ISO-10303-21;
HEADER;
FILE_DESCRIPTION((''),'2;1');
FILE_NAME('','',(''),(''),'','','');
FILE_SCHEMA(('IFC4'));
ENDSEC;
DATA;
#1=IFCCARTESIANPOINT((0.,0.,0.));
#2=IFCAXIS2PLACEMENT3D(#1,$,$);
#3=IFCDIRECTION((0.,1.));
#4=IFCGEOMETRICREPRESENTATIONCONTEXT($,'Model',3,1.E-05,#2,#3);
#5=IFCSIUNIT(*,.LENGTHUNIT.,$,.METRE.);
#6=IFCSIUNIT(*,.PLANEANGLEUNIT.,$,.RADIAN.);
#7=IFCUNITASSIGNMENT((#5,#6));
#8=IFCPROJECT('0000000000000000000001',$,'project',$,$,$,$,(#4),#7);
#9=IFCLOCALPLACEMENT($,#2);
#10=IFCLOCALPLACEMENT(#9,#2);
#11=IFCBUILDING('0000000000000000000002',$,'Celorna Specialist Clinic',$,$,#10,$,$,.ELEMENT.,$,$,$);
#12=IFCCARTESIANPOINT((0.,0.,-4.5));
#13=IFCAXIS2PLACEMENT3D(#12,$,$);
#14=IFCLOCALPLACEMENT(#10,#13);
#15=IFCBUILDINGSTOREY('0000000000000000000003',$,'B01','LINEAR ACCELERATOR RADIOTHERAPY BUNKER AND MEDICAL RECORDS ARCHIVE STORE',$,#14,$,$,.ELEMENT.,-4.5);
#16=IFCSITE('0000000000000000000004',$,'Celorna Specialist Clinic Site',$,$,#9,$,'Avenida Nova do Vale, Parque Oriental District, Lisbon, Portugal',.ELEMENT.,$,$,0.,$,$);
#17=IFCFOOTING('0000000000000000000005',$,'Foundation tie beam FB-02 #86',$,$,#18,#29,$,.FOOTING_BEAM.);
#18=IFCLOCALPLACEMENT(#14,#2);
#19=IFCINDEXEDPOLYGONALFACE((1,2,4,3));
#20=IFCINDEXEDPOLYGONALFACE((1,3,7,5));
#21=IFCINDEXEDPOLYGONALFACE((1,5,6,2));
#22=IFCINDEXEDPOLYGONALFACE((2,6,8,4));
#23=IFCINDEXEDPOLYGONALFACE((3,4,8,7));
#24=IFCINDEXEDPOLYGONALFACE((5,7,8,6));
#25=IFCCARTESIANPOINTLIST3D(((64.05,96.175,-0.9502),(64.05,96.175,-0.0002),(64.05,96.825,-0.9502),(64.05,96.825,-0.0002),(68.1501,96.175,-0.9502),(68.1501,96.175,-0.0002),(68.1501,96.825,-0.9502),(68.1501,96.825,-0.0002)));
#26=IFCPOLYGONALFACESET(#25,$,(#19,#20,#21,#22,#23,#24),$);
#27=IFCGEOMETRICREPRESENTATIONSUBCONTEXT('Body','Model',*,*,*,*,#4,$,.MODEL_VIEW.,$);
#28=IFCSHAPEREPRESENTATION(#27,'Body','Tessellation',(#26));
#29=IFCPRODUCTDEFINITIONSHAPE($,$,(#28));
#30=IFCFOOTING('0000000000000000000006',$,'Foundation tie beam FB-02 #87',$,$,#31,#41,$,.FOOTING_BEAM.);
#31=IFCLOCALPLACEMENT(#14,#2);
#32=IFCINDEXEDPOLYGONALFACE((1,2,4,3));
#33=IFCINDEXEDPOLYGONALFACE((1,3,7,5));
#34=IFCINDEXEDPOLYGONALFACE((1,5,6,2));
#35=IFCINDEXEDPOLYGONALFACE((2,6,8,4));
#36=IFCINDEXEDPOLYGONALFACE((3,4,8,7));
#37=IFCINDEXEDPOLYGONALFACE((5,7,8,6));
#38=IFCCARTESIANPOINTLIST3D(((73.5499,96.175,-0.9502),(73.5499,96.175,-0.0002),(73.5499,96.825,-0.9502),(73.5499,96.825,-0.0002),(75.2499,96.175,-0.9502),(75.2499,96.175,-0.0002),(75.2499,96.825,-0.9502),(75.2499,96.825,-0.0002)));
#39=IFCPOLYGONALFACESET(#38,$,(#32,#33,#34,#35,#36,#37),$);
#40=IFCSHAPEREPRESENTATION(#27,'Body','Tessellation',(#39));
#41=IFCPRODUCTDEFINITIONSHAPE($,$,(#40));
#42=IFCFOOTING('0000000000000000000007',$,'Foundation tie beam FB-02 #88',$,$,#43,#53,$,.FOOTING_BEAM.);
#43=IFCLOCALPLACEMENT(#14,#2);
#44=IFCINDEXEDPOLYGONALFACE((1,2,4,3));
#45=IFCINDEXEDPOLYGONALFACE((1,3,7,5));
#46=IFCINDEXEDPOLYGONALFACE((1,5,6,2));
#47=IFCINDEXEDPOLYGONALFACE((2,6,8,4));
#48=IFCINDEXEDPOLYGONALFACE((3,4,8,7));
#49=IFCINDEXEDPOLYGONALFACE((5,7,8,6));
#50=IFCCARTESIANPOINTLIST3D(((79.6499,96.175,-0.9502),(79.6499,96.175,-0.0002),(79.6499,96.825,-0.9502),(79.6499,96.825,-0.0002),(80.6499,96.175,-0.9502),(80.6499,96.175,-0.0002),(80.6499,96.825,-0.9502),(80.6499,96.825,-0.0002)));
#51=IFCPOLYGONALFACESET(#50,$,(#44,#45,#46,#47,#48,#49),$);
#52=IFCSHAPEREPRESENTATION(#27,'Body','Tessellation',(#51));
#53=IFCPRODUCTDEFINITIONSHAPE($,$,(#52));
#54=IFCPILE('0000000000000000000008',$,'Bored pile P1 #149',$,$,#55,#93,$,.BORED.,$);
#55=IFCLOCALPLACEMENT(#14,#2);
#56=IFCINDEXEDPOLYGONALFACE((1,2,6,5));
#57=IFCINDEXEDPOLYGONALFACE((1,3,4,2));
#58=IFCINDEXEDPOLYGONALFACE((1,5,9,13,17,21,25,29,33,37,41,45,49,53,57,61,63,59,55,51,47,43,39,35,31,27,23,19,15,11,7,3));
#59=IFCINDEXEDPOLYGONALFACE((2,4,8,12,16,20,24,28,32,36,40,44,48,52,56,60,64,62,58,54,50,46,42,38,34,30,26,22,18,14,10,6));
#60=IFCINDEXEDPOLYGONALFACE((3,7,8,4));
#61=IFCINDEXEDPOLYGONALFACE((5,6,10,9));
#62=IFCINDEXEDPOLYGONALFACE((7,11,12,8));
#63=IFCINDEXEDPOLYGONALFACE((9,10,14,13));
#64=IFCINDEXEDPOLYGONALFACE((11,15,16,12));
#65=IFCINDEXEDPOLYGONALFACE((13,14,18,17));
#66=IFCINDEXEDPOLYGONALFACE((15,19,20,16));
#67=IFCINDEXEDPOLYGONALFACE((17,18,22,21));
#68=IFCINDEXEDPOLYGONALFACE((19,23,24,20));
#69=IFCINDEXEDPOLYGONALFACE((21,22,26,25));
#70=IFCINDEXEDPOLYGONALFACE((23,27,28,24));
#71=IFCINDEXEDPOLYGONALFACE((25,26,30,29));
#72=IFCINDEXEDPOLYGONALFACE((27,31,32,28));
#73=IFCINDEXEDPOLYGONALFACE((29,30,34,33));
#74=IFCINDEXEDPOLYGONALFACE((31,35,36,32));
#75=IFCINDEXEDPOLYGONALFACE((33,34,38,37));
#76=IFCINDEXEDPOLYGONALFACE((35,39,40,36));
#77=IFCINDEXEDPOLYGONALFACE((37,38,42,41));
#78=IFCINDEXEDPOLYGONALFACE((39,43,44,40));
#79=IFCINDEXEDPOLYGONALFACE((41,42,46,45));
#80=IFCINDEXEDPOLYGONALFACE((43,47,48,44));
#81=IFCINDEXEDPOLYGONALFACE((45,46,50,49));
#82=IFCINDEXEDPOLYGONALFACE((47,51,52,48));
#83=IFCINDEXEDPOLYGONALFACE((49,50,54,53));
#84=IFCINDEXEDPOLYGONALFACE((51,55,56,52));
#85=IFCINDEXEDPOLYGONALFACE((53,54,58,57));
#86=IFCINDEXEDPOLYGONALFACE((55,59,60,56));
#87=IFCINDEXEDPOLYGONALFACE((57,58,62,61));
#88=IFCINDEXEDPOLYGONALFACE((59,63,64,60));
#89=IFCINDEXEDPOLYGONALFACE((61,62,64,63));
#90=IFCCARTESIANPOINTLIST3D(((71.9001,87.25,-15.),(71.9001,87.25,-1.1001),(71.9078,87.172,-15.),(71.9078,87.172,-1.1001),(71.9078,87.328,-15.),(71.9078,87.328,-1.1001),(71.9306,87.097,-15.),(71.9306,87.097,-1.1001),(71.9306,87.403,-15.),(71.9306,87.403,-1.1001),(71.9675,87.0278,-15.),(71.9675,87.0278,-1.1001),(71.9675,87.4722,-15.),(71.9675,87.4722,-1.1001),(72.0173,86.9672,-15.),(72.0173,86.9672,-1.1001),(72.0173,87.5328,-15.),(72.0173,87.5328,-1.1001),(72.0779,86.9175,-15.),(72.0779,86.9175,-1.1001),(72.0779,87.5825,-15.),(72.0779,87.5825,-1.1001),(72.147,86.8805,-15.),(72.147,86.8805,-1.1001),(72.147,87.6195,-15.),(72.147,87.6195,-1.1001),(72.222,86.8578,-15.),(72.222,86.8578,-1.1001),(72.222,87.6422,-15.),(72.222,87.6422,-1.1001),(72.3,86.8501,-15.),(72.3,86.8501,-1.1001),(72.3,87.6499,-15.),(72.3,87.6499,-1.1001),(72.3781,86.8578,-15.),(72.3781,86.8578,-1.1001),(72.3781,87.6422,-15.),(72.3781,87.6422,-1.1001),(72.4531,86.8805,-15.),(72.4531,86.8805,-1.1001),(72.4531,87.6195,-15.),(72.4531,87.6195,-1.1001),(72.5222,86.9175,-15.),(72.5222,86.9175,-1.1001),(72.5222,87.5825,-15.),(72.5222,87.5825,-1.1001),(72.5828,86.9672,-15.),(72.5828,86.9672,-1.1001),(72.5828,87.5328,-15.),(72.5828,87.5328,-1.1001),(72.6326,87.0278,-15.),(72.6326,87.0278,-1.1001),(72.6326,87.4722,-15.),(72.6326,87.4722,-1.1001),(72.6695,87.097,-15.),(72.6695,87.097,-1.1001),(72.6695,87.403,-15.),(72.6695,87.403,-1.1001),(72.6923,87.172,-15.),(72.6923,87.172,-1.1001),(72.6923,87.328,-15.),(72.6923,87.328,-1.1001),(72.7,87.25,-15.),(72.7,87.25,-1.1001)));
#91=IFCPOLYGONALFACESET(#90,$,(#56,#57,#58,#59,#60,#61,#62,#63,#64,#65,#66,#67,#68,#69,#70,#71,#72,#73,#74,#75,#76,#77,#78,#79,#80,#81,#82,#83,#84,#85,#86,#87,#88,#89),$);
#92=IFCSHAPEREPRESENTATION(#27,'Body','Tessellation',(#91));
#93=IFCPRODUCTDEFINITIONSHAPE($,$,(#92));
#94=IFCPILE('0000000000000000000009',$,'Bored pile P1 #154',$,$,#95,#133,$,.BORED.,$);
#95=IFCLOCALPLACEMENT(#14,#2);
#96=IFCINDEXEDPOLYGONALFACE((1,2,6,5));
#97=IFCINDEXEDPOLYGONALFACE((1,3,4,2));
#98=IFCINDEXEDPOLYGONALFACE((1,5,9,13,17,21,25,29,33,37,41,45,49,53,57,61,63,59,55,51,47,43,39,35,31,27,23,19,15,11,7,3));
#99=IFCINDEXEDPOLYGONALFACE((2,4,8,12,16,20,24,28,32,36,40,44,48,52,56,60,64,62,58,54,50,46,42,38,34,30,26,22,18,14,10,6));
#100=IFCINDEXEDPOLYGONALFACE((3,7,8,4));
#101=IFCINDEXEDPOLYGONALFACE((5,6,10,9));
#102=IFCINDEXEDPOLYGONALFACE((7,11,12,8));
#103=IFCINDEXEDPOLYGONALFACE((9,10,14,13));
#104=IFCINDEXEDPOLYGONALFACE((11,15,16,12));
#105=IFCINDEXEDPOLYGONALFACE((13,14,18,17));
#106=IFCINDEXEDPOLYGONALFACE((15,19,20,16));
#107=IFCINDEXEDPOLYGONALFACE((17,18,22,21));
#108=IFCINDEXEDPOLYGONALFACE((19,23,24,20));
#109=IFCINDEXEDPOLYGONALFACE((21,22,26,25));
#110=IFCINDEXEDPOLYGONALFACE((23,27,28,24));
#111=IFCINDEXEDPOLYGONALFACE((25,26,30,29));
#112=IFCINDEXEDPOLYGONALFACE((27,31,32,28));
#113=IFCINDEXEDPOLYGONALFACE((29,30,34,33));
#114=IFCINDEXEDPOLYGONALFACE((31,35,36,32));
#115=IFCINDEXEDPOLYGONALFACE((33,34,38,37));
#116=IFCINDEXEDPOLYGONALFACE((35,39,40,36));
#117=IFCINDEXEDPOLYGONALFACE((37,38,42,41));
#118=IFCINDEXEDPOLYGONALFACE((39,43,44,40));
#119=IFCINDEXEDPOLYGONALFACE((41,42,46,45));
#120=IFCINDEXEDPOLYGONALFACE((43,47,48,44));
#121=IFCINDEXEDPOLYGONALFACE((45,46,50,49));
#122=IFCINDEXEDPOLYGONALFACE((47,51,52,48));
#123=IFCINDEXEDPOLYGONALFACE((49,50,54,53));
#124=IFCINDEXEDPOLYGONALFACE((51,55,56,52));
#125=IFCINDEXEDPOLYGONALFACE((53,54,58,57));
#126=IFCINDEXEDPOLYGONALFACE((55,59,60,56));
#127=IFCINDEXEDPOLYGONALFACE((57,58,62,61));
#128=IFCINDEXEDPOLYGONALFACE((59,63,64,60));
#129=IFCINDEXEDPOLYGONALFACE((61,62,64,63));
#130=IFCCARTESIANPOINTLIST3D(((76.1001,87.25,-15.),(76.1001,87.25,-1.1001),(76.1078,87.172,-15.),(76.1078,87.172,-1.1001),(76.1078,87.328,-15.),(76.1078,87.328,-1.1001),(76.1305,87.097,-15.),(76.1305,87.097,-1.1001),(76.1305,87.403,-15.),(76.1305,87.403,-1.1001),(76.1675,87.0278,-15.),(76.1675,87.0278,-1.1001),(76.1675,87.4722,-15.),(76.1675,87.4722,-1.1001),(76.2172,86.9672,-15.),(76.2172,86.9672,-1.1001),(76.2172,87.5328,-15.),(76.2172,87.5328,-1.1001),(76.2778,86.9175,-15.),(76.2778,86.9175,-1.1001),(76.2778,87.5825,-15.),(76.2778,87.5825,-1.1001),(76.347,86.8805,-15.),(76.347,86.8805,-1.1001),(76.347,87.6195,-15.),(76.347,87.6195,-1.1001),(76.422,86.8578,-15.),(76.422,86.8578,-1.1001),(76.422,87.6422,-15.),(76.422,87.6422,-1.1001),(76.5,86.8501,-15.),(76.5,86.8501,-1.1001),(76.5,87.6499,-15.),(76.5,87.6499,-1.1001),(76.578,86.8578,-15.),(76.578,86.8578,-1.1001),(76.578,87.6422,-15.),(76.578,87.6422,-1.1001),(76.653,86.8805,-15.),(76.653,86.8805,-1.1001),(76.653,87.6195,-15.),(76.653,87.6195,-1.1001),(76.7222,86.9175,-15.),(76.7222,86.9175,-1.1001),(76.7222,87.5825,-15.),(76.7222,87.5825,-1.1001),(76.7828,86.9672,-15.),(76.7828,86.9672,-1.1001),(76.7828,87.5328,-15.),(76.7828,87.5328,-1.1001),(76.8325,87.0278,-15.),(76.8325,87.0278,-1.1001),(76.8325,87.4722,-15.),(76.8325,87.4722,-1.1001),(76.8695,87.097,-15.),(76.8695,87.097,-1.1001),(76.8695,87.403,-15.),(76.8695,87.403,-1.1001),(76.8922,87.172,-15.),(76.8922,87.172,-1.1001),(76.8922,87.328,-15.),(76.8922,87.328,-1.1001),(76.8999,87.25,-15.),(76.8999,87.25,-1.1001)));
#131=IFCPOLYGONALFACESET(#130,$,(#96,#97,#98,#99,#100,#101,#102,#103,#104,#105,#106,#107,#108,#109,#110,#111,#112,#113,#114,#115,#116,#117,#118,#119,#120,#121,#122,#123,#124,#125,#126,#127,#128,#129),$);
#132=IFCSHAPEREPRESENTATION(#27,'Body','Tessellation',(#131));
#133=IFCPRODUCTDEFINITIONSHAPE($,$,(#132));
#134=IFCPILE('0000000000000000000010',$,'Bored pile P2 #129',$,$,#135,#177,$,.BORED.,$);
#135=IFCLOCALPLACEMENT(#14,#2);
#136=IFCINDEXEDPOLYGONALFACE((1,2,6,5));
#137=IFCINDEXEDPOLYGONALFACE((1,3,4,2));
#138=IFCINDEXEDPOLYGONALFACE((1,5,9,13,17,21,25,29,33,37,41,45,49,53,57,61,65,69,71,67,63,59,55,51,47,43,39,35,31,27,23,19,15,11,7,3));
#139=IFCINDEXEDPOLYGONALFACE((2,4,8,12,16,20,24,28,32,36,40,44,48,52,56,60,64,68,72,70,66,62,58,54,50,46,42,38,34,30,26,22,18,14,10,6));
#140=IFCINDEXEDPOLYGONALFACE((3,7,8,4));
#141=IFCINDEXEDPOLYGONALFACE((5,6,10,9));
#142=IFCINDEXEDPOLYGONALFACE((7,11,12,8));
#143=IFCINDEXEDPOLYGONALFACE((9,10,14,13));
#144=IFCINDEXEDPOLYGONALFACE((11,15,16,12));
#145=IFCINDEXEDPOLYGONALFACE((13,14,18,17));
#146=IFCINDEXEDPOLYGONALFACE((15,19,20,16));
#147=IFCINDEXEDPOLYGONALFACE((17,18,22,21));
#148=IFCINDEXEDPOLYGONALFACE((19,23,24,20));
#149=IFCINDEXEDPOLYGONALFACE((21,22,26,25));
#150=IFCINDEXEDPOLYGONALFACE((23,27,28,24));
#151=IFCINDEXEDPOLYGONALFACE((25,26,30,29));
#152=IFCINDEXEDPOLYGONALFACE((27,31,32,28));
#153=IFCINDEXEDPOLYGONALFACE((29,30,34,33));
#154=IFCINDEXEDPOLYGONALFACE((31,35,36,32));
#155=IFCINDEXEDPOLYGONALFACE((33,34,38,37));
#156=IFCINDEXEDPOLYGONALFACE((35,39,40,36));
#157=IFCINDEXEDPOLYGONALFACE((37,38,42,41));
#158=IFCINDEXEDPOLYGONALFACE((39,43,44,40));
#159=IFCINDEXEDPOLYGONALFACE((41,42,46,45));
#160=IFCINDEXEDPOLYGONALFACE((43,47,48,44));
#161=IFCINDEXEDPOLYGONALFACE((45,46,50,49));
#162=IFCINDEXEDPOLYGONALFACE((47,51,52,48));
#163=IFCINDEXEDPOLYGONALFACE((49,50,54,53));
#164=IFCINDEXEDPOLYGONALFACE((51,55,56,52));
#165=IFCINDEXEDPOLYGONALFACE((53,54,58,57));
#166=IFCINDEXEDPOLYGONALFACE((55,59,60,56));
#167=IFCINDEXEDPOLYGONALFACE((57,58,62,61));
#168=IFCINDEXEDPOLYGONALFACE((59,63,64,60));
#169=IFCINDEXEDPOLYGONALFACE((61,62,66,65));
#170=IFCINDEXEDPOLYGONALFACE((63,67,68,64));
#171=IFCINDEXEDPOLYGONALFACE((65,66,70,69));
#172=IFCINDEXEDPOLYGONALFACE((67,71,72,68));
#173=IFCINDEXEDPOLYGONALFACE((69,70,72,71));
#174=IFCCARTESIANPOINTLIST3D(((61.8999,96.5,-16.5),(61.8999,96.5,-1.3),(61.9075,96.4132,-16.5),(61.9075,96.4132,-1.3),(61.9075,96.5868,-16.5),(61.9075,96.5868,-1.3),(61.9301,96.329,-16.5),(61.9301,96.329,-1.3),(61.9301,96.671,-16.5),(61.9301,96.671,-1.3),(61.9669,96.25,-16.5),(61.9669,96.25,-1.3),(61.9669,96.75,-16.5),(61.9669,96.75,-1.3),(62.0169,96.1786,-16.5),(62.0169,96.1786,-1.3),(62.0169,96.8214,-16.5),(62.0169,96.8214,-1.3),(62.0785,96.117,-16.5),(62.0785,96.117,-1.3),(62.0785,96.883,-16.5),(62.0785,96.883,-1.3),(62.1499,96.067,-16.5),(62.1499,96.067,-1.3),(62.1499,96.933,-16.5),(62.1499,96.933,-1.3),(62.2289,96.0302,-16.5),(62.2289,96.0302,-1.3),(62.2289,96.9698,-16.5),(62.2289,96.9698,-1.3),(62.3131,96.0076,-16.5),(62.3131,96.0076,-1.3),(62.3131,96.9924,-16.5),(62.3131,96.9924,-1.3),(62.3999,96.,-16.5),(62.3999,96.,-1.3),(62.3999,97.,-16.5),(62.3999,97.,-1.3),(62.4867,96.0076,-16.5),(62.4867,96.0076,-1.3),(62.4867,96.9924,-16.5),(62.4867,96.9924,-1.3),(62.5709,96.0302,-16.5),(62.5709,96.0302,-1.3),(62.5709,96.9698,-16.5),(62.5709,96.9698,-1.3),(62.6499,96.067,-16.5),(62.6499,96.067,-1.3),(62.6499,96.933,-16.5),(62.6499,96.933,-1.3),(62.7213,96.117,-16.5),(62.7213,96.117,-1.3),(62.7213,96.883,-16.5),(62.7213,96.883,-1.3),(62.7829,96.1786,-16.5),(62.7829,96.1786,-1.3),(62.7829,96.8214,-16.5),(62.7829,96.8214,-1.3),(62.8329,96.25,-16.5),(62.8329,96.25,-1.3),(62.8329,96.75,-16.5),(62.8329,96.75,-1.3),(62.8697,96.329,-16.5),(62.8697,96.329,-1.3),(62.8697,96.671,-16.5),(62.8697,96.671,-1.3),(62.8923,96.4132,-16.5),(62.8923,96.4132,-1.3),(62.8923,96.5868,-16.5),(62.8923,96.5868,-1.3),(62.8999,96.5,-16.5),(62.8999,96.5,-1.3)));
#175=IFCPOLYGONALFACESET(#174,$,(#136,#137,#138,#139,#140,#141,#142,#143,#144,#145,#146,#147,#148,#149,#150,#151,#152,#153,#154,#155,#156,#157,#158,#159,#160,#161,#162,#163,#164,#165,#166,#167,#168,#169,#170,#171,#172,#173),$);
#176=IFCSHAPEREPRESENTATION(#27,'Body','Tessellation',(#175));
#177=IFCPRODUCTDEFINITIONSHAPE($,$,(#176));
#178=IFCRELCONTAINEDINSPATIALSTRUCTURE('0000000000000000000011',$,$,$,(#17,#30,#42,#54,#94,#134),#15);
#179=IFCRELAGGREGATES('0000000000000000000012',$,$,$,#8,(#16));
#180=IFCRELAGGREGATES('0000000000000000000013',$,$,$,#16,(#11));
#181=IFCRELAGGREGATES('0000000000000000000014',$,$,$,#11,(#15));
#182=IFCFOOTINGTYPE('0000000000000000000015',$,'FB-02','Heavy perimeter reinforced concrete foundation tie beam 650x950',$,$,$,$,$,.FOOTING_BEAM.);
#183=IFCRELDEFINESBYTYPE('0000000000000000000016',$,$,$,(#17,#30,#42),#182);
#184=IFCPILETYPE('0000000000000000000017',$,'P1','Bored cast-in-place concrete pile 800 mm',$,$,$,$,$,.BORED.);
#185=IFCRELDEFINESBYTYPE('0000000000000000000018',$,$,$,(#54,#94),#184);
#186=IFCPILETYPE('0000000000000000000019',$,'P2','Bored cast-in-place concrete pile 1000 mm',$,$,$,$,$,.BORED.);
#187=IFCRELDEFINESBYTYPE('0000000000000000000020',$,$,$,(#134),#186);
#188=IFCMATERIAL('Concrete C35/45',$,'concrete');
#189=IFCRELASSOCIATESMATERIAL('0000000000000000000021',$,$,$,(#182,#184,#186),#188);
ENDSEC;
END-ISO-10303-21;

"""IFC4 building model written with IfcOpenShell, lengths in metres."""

from ifc_helpers import new_model, si_unit, direction, frame, origin, origin_2d, place, context, subcontext, project, spatial, rectangle, circle, extrude, material, material_profile, profile_set, type_object, element, save


model = new_model("IFC4")

# Units and contexts
model_context = context("Model", 3, precision=1e-05, world=origin(), true_north=direction((0.0, 1.0)))
body_context = subcontext(model_context, "Body", "Model", "MODEL_VIEW")
ifc_project = project(units=[si_unit("LENGTHUNIT", "METRE"), si_unit("PLANEANGLEUNIT", "RADIAN")], contexts=[model_context])

# Site, building, storey
site_placement = place(None, origin())
site = spatial("IfcSite", under=ifc_project, at=site_placement, Name="Celorna Specialist Clinic Site", LongName="Avenida Nova do Vale, Parque Oriental District, Lisbon, Portugal", CompositionType="ELEMENT", RefElevation=0.0)
building_placement = place(site_placement, origin())
building = spatial("IfcBuilding", under=site, at=building_placement, Name="Celorna Specialist Clinic", CompositionType="ELEMENT")
storey_placement = place(building_placement, frame((0.0, 0.0, -4.5)))
storey = spatial("IfcBuildingStorey", under=building, at=storey_placement, Name="B01", Description="LINEAR ACCELERATOR RADIOTHERAPY BUNKER AND MEDICAL RECORDS ARCHIVE STORE", CompositionType="ELEMENT", Elevation=-4.5)

# Footings
ifc_material_1 = material(Name="Concrete C35/45", Category="concrete")
footing_type_1 = type_object("IfcFootingType", Name="FB-02", Description="Heavy perimeter reinforced concrete foundation tie beam 650x950", PredefinedType="FOOTING_BEAM", material=ifc_material_1)
footing_1_placement = place(storey_placement, frame((66.1001, 96.5, -0.9502), z_axis=(0.0, 0.0, 1.0), x_axis=(1.0, 0.0, 0.0)))
element("IfcFooting", 1, at=footing_1_placement, inside=storey, type_object=footing_type_1, Name="Foundation tie beam FB-02 #86", PredefinedType="FOOTING_BEAM", context=body_context, shape_type="SweptSolid", body=[
    extrude(rectangle(XDim=4.1001, YDim=0.6499, at=origin_2d()), origin(), (0.0, 0.0, 1.0), 0.95),
])
footing_2_placement = place(storey_placement, frame((74.3999, 96.5, -0.9502), z_axis=(0.0, 0.0, 1.0), x_axis=(1.0, 0.0, 0.0)))
element("IfcFooting", 2, at=footing_2_placement, inside=storey, type_object=footing_type_1, Name="Foundation tie beam FB-02 #87", PredefinedType="FOOTING_BEAM", context=body_context, shape_type="SweptSolid", body=[
    extrude(rectangle(XDim=1.7, YDim=0.6499, at=origin_2d()), origin(), (0.0, 0.0, 1.0), 0.95),
])
footing_3_placement = place(storey_placement, frame((80.1499, 96.5, -0.9502), z_axis=(0.0, 0.0, 1.0), x_axis=(1.0, 0.0, 0.0)))
element("IfcFooting", 3, at=footing_3_placement, inside=storey, type_object=footing_type_1, Name="Foundation tie beam FB-02 #88", PredefinedType="FOOTING_BEAM", context=body_context, shape_type="SweptSolid", body=[
    extrude(rectangle(XDim=1.0, YDim=0.6499, at=origin_2d()), origin(), (0.0, 0.0, 1.0), 0.95),
])

# Piles
ifc_material_profile_1 = material_profile(ifc_material_1, circle(Radius=0.3999, at=origin_2d()), Name="BORED PILE 800")
ifc_profile_set_1 = profile_set([ifc_material_profile_1], Name="Concrete C35/45")
pile_type_1 = type_object("IfcPileType", Name="P1", Description="Bored cast-in-place concrete pile 800 mm", PredefinedType="BORED", material=ifc_profile_set_1)
for number, where, z_axis, x_axis, name in (
    (4, (72.3, 87.25, -1.1001), (0.0, 0.0, -1.0), (1.0, 0.0, 0.0), "Bored pile P1 #149"),
    (5, (76.5, 87.25, -1.1001), (0.0, 0.0, -1.0), (1.0, 0.0, 0.0), "Bored pile P1 #154"),
):
    element("IfcPile", number, at=place(storey_placement, frame(where, z_axis=z_axis, x_axis=x_axis)), inside=storey, type_object=pile_type_1, Name=name, PredefinedType="BORED", context=body_context, shape_type="SweptSolid", body=[
        extrude(circle(Radius=0.3999, at=origin_2d()), origin(), (0.0, 0.0, 1.0), 13.8999),
    ])
ifc_material_profile_2 = material_profile(ifc_material_1, circle(Radius=0.5, at=origin_2d()), Name="BORED PILE 1000")
ifc_profile_set_2 = profile_set([ifc_material_profile_2], Name="Concrete C35/45")
pile_type_2 = type_object("IfcPileType", Name="P2", Description="Bored cast-in-place concrete pile 1000 mm", PredefinedType="BORED", material=ifc_profile_set_2)
pile_1_placement = place(storey_placement, frame((62.3999, 96.5, -1.3), z_axis=(0.0, 0.0, -1.0), x_axis=(1.0, 0.0, 0.0)))
element("IfcPile", 6, at=pile_1_placement, inside=storey, type_object=pile_type_2, Name="Bored pile P2 #129", PredefinedType="BORED", context=body_context, shape_type="SweptSolid", body=[
    extrude(circle(Radius=0.5, at=origin_2d()), origin(), (0.0, 0.0, 1.0), 15.2),
])

save(model, "model.ifc")
